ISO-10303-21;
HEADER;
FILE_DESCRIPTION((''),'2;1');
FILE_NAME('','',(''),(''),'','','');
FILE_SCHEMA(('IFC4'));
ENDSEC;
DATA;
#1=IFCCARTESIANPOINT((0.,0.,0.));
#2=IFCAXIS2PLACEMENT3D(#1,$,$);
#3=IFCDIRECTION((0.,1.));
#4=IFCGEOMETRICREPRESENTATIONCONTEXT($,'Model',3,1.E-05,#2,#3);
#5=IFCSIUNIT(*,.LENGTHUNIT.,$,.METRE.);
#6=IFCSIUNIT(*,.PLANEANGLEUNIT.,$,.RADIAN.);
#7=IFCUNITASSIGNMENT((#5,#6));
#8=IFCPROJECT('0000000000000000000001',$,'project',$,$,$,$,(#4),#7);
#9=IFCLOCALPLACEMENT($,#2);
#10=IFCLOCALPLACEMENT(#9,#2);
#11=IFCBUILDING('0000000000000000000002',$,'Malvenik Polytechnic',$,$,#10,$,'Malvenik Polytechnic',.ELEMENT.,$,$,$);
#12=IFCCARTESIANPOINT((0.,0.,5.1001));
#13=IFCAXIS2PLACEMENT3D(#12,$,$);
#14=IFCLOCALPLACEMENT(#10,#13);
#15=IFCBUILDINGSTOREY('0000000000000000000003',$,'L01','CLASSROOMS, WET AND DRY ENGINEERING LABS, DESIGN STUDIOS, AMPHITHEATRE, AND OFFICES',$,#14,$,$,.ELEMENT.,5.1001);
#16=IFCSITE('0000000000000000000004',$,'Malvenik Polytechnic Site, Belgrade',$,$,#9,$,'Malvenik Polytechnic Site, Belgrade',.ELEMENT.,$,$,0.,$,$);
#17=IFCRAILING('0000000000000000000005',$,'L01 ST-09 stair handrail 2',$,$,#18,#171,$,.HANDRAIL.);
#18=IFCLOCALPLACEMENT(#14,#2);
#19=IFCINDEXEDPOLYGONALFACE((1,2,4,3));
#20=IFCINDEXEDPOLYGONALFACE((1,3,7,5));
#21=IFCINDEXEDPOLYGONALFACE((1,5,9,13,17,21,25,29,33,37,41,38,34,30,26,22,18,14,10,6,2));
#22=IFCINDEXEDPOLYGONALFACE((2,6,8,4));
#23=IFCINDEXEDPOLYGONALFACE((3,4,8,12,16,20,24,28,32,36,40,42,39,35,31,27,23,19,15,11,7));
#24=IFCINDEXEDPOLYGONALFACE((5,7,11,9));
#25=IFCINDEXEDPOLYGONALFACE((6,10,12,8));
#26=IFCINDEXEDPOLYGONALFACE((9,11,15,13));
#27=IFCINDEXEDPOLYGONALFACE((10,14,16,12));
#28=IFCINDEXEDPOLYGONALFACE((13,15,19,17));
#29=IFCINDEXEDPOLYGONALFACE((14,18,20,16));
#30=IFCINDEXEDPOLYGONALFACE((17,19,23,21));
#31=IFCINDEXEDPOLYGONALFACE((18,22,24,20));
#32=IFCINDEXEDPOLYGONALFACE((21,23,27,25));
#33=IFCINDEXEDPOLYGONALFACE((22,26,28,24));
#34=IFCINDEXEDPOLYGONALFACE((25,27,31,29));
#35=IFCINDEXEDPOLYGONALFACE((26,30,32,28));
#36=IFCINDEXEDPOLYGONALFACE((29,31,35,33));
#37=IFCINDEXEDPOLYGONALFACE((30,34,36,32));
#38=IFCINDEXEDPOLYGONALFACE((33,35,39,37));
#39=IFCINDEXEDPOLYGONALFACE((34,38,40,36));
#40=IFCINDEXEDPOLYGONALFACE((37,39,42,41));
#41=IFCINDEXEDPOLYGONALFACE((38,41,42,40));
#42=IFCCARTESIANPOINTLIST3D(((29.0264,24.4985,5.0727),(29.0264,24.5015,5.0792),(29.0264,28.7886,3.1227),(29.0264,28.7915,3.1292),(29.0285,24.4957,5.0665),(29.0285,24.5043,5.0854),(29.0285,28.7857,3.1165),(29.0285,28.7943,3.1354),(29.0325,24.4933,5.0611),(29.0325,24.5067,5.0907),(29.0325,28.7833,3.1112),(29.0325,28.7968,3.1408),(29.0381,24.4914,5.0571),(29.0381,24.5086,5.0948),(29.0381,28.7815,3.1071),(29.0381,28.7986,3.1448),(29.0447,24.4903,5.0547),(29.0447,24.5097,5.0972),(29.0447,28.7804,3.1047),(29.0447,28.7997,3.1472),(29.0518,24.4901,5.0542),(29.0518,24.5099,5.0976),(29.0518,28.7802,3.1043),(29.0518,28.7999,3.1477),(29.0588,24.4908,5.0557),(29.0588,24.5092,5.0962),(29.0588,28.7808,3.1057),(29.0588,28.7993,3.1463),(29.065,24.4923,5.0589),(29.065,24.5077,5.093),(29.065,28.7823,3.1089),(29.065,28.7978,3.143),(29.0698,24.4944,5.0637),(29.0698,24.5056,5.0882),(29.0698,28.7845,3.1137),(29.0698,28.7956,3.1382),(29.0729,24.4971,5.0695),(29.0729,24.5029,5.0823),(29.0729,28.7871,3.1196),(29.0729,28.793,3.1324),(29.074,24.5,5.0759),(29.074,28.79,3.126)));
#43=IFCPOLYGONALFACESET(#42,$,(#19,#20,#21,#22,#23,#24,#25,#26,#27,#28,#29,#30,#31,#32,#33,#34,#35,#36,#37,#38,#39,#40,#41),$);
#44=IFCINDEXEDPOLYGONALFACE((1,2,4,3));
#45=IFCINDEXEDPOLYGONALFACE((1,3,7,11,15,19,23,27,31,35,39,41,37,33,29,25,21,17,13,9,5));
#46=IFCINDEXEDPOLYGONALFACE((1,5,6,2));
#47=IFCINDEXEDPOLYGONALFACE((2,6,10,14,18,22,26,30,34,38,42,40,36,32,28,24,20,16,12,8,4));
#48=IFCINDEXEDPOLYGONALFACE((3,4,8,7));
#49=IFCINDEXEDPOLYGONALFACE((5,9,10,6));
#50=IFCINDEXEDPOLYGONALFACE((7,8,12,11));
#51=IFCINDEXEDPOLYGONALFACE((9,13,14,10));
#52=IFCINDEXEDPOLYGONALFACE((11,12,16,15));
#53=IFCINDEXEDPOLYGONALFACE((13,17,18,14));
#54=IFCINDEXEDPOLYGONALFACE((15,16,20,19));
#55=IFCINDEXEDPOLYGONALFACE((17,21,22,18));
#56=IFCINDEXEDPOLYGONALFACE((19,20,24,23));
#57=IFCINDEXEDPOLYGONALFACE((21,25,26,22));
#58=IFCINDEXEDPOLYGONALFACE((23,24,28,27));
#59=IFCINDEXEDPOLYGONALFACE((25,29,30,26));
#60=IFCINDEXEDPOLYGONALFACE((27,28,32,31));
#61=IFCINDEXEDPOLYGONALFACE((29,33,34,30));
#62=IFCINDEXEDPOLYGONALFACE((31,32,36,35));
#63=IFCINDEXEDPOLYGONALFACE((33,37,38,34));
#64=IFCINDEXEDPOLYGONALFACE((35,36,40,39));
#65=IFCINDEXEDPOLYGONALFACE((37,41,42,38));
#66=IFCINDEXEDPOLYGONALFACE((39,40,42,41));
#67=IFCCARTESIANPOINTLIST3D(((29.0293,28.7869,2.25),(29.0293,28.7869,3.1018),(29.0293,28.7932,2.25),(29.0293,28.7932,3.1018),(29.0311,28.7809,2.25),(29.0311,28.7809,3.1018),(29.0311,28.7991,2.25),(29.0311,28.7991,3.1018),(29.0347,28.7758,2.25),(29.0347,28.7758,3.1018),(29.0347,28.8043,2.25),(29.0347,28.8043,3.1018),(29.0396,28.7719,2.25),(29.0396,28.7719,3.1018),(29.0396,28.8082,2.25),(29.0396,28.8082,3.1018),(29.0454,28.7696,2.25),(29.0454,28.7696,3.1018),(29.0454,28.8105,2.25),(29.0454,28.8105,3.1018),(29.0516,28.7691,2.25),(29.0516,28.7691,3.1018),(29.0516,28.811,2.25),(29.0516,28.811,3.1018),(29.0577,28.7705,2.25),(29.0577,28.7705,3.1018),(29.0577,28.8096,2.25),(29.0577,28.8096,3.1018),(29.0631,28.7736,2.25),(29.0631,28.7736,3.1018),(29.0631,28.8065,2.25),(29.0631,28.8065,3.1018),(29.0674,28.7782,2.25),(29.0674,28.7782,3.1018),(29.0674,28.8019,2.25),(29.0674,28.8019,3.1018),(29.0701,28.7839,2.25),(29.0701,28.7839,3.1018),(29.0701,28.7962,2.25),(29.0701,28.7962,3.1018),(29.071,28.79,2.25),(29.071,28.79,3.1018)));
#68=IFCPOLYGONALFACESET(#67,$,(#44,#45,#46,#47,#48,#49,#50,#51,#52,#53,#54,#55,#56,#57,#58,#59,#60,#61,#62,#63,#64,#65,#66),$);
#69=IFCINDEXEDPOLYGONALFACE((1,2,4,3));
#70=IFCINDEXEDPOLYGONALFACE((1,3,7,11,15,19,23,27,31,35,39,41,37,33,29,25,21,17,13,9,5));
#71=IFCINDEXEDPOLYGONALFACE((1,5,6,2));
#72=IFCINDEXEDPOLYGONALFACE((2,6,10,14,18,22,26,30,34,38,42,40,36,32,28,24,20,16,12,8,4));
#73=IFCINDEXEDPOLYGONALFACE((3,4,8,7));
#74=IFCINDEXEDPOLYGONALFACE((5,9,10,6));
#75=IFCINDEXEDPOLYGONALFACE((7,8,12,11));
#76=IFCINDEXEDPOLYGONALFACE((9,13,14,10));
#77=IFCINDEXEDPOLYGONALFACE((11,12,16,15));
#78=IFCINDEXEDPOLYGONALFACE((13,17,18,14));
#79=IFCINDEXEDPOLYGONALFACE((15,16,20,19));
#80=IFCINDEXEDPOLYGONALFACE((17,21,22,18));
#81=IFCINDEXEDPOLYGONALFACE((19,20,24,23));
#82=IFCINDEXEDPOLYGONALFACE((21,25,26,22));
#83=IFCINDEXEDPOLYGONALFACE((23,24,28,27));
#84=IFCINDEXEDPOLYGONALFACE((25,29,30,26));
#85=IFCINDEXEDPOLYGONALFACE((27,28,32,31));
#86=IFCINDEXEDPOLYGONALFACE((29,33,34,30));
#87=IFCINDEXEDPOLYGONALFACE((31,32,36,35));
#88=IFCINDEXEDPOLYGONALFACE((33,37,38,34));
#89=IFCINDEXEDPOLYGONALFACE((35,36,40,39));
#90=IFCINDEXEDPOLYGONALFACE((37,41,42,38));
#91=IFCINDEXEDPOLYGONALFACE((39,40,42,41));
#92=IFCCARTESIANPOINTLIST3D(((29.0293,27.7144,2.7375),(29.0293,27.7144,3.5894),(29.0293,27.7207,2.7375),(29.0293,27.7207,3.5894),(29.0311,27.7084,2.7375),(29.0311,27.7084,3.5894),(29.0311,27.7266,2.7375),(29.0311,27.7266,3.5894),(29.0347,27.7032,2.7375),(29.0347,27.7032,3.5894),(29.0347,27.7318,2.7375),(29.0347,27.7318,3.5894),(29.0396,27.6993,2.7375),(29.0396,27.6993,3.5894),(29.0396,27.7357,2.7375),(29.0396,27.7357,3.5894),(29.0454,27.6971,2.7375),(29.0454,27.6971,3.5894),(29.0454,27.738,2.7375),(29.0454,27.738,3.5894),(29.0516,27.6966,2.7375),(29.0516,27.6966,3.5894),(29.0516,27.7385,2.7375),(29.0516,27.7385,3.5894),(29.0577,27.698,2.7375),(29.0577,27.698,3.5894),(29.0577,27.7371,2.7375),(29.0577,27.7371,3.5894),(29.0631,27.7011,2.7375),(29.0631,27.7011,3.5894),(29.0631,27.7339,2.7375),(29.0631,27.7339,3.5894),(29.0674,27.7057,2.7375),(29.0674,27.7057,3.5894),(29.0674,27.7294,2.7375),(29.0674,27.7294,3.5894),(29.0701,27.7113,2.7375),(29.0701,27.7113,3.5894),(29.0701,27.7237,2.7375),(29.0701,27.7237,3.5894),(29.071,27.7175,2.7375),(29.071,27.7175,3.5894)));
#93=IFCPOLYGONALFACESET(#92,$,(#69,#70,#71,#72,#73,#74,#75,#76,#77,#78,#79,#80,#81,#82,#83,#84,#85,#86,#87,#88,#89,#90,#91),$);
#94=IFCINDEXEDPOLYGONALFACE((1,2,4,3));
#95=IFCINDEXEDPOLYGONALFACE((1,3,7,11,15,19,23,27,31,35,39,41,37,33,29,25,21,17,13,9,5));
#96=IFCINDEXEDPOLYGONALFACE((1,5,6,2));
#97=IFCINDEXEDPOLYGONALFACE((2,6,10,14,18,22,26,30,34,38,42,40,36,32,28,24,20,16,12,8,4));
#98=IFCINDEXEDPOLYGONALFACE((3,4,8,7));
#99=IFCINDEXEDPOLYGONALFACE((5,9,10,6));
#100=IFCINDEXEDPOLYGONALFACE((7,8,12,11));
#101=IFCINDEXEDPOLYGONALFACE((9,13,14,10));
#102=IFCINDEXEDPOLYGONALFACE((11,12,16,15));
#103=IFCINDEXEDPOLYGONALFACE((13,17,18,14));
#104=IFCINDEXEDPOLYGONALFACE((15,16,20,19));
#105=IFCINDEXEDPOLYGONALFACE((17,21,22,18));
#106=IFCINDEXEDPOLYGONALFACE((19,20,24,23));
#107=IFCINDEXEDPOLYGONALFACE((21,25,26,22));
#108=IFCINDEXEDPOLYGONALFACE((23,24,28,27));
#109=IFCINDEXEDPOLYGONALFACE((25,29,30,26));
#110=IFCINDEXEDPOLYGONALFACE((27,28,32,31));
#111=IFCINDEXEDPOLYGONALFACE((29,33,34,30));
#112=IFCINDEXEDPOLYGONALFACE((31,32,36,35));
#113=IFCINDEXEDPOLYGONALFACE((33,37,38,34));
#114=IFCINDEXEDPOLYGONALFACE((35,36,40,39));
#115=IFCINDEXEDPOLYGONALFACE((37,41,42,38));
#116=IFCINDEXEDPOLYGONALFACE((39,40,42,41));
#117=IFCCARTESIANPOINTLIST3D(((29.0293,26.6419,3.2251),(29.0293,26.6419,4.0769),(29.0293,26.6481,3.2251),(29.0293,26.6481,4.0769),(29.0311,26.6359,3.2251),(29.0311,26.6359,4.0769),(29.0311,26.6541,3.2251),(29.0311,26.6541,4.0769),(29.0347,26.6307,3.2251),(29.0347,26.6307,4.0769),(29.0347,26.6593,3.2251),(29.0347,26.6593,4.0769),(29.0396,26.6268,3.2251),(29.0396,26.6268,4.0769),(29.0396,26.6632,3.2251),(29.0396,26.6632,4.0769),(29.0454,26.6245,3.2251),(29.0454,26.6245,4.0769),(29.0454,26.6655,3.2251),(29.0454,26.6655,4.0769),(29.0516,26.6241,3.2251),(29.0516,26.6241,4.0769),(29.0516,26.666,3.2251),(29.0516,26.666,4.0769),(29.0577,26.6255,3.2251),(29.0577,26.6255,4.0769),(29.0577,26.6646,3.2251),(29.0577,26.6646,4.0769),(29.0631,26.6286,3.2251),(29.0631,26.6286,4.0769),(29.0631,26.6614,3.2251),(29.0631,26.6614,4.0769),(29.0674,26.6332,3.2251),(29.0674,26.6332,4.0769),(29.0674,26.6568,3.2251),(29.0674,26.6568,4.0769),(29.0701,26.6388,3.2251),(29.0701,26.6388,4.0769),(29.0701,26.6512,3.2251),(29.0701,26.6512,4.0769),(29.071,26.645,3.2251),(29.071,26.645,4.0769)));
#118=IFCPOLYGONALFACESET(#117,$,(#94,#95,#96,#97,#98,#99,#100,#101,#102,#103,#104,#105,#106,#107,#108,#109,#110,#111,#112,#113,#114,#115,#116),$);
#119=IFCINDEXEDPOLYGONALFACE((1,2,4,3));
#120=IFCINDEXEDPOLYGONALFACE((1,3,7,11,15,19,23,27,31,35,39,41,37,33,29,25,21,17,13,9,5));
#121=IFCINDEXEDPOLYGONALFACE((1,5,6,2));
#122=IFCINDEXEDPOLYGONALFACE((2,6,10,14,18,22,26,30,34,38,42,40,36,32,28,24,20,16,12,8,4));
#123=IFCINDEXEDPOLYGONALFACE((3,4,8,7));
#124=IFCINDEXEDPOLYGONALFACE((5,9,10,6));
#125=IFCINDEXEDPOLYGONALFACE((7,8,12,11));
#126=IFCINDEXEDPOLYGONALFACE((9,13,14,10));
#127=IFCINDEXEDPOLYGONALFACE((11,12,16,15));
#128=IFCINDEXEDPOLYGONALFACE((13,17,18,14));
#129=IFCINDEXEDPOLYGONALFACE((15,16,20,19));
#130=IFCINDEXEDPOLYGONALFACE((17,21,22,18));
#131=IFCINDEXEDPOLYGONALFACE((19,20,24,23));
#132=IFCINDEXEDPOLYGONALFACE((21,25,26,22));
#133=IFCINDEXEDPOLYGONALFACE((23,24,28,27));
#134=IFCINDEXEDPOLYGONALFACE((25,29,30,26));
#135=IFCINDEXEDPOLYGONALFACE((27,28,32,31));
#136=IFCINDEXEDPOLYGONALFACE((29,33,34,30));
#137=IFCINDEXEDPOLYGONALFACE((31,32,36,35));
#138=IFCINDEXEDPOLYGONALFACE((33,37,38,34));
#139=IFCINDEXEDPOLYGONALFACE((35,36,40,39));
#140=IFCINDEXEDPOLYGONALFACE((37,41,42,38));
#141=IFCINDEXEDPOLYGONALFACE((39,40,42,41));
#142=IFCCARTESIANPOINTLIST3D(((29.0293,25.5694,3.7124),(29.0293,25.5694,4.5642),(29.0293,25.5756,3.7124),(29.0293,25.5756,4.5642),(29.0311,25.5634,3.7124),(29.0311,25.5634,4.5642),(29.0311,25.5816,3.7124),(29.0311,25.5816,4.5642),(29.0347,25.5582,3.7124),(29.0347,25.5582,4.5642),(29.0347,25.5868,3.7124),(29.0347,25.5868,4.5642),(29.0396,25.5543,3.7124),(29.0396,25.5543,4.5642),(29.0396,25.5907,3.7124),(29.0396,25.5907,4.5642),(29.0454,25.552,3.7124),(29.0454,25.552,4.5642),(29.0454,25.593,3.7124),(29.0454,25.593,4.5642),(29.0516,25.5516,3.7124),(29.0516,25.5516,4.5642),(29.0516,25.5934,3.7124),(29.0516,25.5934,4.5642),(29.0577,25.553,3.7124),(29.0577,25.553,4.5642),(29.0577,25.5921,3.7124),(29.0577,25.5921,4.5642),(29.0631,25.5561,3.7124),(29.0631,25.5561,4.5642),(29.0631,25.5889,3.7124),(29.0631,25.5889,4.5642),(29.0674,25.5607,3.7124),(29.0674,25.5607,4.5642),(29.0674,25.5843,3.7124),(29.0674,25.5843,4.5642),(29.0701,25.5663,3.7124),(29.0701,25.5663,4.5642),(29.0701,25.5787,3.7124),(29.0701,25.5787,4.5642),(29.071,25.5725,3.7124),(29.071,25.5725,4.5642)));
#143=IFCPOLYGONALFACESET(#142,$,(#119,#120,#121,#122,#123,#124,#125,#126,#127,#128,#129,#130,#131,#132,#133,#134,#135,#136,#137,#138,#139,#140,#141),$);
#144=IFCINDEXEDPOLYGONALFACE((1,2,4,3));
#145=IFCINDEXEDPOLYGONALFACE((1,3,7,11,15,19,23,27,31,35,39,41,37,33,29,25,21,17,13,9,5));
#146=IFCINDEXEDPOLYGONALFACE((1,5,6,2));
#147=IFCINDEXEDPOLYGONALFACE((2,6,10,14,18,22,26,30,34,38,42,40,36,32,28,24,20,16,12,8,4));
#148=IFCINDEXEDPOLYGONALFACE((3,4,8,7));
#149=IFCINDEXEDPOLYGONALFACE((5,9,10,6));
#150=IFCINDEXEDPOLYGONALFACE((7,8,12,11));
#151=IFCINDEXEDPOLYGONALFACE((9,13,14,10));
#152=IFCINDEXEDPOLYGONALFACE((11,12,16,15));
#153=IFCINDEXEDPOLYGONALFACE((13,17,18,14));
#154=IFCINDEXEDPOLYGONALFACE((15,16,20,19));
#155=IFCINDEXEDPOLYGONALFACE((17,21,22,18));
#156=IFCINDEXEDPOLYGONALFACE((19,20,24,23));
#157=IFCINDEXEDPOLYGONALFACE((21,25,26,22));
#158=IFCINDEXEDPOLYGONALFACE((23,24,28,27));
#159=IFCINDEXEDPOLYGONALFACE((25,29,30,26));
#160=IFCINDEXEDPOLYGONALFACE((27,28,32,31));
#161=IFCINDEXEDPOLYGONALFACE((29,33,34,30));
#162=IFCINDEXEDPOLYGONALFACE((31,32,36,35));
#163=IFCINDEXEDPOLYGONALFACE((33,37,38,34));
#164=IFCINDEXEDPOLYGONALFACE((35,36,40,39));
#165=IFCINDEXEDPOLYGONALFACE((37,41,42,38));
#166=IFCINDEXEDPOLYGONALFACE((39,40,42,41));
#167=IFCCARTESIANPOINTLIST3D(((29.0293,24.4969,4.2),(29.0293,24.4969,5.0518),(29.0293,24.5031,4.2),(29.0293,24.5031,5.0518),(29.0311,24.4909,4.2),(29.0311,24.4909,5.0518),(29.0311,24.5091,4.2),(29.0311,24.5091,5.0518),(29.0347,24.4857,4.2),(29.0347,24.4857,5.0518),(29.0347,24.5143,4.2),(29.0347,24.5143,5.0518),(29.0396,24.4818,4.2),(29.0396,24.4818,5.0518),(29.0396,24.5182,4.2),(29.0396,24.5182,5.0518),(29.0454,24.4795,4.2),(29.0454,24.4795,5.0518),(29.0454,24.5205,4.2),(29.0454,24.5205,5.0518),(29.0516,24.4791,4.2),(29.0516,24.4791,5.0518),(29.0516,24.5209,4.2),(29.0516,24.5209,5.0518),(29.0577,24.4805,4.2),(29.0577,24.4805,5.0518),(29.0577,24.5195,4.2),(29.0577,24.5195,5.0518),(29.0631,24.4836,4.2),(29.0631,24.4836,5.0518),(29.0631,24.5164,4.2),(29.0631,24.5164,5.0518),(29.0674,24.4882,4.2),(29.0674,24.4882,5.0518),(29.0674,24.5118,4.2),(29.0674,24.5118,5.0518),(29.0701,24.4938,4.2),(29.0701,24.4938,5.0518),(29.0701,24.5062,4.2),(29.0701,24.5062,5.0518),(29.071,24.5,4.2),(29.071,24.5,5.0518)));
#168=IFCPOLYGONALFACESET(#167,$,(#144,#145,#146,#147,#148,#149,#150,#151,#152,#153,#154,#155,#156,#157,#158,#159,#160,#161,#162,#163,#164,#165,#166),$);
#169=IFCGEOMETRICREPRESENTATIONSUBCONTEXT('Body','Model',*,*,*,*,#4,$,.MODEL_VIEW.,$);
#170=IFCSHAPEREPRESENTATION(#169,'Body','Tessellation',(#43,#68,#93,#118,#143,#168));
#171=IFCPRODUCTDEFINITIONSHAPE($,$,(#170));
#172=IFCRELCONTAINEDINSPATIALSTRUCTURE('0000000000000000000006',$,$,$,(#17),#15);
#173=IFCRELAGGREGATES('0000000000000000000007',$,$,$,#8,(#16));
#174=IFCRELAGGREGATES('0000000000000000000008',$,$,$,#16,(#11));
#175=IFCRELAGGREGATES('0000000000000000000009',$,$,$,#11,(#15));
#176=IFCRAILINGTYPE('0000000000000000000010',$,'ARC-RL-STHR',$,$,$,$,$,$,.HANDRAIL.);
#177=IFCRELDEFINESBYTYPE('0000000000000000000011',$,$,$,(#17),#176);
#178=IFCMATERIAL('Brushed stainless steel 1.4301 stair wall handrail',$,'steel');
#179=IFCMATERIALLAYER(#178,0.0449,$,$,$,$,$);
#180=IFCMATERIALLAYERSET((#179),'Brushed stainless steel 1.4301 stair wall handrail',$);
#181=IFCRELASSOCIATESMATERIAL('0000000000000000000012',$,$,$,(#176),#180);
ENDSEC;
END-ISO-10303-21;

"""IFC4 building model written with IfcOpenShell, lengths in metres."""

from ifc_helpers import new_model, si_unit, direction, frame, origin, origin_2d, place, context, subcontext, project, spatial, circle, extrude, material, layer, layer_set, type_object, element, save


model = new_model("IFC4")

# Units and contexts
model_context = context("Model", 3, precision=1e-05, world=origin(), true_north=direction((0.0, 1.0)))
body_context = subcontext(model_context, "Body", "Model", "MODEL_VIEW")
ifc_project = project(units=[si_unit("LENGTHUNIT", "METRE"), si_unit("PLANEANGLEUNIT", "RADIAN")], contexts=[model_context])

# Site, building, storey
site_placement = place(None, origin())
site = spatial("IfcSite", under=ifc_project, at=site_placement, Name="Malvenik Polytechnic Site, Belgrade", LongName="Malvenik Polytechnic Site, Belgrade", CompositionType="ELEMENT", RefElevation=0.0)
building_placement = place(site_placement, origin())
building = spatial("IfcBuilding", under=site, at=building_placement, Name="Malvenik Polytechnic", LongName="Malvenik Polytechnic", CompositionType="ELEMENT")
storey_placement = place(building_placement, frame((0.0, 0.0, 5.1001)))
storey = spatial("IfcBuildingStorey", under=building, at=storey_placement, Name="L01", Description="CLASSROOMS, WET AND DRY ENGINEERING LABS, DESIGN STUDIOS, AMPHITHEATRE, AND OFFICES", CompositionType="ELEMENT", Elevation=5.1001)

# Railing
ifc_material_1 = material(Name="Brushed stainless steel 1.4301 stair wall handrail", Category="steel")
ifc_layer_1 = layer(ifc_material_1, 0.0449)
ifc_layer_set_1 = layer_set([ifc_layer_1], Name="Brushed stainless steel 1.4301 stair wall handrail")
railing_type_1 = type_object("IfcRailingType", Name="ARC-RL-STHR", PredefinedType="HANDRAIL", material=ifc_layer_set_1)
railing_1_placement = place(storey_placement, frame((29.05, 28.79, 2.25)))
element("IfcRailing", 1, at=railing_1_placement, inside=storey, type_object=railing_type_1, Name="L01 ST-09 stair handrail 2", PredefinedType="HANDRAIL", context=body_context, shape_type="SweptSolid", body=[
    extrude(circle(Radius=0.0239, at=origin_2d()), frame((0.0, 0.0, 0.876), z_axis=(0.0, -0.910372, 0.413791), x_axis=(1.0, 0.0, 0.0)), (0.0, 0.0, 1.0), 4.7124),
    extrude(circle(Radius=0.021, at=origin_2d()), origin(), (0.0, 0.0, 1.0), 0.8518),
    extrude(circle(Radius=0.021, at=origin_2d()), frame((0.0, -1.0725, 0.4875)), (0.0, 0.0, 1.0), 0.8518),
    extrude(circle(Radius=0.021, at=origin_2d()), frame((0.0, -2.145, 0.9751)), (0.0, 0.0, 1.0), 0.8518),
    extrude(circle(Radius=0.021, at=origin_2d()), frame((0.0, -3.2175, 1.4624)), (0.0, 0.0, 1.0), 0.8518),
    extrude(circle(Radius=0.021, at=origin_2d()), frame((0.0, -4.29, 1.95)), (0.0, 0.0, 1.0), 0.8518),
])

save(model, "model.ifc")
